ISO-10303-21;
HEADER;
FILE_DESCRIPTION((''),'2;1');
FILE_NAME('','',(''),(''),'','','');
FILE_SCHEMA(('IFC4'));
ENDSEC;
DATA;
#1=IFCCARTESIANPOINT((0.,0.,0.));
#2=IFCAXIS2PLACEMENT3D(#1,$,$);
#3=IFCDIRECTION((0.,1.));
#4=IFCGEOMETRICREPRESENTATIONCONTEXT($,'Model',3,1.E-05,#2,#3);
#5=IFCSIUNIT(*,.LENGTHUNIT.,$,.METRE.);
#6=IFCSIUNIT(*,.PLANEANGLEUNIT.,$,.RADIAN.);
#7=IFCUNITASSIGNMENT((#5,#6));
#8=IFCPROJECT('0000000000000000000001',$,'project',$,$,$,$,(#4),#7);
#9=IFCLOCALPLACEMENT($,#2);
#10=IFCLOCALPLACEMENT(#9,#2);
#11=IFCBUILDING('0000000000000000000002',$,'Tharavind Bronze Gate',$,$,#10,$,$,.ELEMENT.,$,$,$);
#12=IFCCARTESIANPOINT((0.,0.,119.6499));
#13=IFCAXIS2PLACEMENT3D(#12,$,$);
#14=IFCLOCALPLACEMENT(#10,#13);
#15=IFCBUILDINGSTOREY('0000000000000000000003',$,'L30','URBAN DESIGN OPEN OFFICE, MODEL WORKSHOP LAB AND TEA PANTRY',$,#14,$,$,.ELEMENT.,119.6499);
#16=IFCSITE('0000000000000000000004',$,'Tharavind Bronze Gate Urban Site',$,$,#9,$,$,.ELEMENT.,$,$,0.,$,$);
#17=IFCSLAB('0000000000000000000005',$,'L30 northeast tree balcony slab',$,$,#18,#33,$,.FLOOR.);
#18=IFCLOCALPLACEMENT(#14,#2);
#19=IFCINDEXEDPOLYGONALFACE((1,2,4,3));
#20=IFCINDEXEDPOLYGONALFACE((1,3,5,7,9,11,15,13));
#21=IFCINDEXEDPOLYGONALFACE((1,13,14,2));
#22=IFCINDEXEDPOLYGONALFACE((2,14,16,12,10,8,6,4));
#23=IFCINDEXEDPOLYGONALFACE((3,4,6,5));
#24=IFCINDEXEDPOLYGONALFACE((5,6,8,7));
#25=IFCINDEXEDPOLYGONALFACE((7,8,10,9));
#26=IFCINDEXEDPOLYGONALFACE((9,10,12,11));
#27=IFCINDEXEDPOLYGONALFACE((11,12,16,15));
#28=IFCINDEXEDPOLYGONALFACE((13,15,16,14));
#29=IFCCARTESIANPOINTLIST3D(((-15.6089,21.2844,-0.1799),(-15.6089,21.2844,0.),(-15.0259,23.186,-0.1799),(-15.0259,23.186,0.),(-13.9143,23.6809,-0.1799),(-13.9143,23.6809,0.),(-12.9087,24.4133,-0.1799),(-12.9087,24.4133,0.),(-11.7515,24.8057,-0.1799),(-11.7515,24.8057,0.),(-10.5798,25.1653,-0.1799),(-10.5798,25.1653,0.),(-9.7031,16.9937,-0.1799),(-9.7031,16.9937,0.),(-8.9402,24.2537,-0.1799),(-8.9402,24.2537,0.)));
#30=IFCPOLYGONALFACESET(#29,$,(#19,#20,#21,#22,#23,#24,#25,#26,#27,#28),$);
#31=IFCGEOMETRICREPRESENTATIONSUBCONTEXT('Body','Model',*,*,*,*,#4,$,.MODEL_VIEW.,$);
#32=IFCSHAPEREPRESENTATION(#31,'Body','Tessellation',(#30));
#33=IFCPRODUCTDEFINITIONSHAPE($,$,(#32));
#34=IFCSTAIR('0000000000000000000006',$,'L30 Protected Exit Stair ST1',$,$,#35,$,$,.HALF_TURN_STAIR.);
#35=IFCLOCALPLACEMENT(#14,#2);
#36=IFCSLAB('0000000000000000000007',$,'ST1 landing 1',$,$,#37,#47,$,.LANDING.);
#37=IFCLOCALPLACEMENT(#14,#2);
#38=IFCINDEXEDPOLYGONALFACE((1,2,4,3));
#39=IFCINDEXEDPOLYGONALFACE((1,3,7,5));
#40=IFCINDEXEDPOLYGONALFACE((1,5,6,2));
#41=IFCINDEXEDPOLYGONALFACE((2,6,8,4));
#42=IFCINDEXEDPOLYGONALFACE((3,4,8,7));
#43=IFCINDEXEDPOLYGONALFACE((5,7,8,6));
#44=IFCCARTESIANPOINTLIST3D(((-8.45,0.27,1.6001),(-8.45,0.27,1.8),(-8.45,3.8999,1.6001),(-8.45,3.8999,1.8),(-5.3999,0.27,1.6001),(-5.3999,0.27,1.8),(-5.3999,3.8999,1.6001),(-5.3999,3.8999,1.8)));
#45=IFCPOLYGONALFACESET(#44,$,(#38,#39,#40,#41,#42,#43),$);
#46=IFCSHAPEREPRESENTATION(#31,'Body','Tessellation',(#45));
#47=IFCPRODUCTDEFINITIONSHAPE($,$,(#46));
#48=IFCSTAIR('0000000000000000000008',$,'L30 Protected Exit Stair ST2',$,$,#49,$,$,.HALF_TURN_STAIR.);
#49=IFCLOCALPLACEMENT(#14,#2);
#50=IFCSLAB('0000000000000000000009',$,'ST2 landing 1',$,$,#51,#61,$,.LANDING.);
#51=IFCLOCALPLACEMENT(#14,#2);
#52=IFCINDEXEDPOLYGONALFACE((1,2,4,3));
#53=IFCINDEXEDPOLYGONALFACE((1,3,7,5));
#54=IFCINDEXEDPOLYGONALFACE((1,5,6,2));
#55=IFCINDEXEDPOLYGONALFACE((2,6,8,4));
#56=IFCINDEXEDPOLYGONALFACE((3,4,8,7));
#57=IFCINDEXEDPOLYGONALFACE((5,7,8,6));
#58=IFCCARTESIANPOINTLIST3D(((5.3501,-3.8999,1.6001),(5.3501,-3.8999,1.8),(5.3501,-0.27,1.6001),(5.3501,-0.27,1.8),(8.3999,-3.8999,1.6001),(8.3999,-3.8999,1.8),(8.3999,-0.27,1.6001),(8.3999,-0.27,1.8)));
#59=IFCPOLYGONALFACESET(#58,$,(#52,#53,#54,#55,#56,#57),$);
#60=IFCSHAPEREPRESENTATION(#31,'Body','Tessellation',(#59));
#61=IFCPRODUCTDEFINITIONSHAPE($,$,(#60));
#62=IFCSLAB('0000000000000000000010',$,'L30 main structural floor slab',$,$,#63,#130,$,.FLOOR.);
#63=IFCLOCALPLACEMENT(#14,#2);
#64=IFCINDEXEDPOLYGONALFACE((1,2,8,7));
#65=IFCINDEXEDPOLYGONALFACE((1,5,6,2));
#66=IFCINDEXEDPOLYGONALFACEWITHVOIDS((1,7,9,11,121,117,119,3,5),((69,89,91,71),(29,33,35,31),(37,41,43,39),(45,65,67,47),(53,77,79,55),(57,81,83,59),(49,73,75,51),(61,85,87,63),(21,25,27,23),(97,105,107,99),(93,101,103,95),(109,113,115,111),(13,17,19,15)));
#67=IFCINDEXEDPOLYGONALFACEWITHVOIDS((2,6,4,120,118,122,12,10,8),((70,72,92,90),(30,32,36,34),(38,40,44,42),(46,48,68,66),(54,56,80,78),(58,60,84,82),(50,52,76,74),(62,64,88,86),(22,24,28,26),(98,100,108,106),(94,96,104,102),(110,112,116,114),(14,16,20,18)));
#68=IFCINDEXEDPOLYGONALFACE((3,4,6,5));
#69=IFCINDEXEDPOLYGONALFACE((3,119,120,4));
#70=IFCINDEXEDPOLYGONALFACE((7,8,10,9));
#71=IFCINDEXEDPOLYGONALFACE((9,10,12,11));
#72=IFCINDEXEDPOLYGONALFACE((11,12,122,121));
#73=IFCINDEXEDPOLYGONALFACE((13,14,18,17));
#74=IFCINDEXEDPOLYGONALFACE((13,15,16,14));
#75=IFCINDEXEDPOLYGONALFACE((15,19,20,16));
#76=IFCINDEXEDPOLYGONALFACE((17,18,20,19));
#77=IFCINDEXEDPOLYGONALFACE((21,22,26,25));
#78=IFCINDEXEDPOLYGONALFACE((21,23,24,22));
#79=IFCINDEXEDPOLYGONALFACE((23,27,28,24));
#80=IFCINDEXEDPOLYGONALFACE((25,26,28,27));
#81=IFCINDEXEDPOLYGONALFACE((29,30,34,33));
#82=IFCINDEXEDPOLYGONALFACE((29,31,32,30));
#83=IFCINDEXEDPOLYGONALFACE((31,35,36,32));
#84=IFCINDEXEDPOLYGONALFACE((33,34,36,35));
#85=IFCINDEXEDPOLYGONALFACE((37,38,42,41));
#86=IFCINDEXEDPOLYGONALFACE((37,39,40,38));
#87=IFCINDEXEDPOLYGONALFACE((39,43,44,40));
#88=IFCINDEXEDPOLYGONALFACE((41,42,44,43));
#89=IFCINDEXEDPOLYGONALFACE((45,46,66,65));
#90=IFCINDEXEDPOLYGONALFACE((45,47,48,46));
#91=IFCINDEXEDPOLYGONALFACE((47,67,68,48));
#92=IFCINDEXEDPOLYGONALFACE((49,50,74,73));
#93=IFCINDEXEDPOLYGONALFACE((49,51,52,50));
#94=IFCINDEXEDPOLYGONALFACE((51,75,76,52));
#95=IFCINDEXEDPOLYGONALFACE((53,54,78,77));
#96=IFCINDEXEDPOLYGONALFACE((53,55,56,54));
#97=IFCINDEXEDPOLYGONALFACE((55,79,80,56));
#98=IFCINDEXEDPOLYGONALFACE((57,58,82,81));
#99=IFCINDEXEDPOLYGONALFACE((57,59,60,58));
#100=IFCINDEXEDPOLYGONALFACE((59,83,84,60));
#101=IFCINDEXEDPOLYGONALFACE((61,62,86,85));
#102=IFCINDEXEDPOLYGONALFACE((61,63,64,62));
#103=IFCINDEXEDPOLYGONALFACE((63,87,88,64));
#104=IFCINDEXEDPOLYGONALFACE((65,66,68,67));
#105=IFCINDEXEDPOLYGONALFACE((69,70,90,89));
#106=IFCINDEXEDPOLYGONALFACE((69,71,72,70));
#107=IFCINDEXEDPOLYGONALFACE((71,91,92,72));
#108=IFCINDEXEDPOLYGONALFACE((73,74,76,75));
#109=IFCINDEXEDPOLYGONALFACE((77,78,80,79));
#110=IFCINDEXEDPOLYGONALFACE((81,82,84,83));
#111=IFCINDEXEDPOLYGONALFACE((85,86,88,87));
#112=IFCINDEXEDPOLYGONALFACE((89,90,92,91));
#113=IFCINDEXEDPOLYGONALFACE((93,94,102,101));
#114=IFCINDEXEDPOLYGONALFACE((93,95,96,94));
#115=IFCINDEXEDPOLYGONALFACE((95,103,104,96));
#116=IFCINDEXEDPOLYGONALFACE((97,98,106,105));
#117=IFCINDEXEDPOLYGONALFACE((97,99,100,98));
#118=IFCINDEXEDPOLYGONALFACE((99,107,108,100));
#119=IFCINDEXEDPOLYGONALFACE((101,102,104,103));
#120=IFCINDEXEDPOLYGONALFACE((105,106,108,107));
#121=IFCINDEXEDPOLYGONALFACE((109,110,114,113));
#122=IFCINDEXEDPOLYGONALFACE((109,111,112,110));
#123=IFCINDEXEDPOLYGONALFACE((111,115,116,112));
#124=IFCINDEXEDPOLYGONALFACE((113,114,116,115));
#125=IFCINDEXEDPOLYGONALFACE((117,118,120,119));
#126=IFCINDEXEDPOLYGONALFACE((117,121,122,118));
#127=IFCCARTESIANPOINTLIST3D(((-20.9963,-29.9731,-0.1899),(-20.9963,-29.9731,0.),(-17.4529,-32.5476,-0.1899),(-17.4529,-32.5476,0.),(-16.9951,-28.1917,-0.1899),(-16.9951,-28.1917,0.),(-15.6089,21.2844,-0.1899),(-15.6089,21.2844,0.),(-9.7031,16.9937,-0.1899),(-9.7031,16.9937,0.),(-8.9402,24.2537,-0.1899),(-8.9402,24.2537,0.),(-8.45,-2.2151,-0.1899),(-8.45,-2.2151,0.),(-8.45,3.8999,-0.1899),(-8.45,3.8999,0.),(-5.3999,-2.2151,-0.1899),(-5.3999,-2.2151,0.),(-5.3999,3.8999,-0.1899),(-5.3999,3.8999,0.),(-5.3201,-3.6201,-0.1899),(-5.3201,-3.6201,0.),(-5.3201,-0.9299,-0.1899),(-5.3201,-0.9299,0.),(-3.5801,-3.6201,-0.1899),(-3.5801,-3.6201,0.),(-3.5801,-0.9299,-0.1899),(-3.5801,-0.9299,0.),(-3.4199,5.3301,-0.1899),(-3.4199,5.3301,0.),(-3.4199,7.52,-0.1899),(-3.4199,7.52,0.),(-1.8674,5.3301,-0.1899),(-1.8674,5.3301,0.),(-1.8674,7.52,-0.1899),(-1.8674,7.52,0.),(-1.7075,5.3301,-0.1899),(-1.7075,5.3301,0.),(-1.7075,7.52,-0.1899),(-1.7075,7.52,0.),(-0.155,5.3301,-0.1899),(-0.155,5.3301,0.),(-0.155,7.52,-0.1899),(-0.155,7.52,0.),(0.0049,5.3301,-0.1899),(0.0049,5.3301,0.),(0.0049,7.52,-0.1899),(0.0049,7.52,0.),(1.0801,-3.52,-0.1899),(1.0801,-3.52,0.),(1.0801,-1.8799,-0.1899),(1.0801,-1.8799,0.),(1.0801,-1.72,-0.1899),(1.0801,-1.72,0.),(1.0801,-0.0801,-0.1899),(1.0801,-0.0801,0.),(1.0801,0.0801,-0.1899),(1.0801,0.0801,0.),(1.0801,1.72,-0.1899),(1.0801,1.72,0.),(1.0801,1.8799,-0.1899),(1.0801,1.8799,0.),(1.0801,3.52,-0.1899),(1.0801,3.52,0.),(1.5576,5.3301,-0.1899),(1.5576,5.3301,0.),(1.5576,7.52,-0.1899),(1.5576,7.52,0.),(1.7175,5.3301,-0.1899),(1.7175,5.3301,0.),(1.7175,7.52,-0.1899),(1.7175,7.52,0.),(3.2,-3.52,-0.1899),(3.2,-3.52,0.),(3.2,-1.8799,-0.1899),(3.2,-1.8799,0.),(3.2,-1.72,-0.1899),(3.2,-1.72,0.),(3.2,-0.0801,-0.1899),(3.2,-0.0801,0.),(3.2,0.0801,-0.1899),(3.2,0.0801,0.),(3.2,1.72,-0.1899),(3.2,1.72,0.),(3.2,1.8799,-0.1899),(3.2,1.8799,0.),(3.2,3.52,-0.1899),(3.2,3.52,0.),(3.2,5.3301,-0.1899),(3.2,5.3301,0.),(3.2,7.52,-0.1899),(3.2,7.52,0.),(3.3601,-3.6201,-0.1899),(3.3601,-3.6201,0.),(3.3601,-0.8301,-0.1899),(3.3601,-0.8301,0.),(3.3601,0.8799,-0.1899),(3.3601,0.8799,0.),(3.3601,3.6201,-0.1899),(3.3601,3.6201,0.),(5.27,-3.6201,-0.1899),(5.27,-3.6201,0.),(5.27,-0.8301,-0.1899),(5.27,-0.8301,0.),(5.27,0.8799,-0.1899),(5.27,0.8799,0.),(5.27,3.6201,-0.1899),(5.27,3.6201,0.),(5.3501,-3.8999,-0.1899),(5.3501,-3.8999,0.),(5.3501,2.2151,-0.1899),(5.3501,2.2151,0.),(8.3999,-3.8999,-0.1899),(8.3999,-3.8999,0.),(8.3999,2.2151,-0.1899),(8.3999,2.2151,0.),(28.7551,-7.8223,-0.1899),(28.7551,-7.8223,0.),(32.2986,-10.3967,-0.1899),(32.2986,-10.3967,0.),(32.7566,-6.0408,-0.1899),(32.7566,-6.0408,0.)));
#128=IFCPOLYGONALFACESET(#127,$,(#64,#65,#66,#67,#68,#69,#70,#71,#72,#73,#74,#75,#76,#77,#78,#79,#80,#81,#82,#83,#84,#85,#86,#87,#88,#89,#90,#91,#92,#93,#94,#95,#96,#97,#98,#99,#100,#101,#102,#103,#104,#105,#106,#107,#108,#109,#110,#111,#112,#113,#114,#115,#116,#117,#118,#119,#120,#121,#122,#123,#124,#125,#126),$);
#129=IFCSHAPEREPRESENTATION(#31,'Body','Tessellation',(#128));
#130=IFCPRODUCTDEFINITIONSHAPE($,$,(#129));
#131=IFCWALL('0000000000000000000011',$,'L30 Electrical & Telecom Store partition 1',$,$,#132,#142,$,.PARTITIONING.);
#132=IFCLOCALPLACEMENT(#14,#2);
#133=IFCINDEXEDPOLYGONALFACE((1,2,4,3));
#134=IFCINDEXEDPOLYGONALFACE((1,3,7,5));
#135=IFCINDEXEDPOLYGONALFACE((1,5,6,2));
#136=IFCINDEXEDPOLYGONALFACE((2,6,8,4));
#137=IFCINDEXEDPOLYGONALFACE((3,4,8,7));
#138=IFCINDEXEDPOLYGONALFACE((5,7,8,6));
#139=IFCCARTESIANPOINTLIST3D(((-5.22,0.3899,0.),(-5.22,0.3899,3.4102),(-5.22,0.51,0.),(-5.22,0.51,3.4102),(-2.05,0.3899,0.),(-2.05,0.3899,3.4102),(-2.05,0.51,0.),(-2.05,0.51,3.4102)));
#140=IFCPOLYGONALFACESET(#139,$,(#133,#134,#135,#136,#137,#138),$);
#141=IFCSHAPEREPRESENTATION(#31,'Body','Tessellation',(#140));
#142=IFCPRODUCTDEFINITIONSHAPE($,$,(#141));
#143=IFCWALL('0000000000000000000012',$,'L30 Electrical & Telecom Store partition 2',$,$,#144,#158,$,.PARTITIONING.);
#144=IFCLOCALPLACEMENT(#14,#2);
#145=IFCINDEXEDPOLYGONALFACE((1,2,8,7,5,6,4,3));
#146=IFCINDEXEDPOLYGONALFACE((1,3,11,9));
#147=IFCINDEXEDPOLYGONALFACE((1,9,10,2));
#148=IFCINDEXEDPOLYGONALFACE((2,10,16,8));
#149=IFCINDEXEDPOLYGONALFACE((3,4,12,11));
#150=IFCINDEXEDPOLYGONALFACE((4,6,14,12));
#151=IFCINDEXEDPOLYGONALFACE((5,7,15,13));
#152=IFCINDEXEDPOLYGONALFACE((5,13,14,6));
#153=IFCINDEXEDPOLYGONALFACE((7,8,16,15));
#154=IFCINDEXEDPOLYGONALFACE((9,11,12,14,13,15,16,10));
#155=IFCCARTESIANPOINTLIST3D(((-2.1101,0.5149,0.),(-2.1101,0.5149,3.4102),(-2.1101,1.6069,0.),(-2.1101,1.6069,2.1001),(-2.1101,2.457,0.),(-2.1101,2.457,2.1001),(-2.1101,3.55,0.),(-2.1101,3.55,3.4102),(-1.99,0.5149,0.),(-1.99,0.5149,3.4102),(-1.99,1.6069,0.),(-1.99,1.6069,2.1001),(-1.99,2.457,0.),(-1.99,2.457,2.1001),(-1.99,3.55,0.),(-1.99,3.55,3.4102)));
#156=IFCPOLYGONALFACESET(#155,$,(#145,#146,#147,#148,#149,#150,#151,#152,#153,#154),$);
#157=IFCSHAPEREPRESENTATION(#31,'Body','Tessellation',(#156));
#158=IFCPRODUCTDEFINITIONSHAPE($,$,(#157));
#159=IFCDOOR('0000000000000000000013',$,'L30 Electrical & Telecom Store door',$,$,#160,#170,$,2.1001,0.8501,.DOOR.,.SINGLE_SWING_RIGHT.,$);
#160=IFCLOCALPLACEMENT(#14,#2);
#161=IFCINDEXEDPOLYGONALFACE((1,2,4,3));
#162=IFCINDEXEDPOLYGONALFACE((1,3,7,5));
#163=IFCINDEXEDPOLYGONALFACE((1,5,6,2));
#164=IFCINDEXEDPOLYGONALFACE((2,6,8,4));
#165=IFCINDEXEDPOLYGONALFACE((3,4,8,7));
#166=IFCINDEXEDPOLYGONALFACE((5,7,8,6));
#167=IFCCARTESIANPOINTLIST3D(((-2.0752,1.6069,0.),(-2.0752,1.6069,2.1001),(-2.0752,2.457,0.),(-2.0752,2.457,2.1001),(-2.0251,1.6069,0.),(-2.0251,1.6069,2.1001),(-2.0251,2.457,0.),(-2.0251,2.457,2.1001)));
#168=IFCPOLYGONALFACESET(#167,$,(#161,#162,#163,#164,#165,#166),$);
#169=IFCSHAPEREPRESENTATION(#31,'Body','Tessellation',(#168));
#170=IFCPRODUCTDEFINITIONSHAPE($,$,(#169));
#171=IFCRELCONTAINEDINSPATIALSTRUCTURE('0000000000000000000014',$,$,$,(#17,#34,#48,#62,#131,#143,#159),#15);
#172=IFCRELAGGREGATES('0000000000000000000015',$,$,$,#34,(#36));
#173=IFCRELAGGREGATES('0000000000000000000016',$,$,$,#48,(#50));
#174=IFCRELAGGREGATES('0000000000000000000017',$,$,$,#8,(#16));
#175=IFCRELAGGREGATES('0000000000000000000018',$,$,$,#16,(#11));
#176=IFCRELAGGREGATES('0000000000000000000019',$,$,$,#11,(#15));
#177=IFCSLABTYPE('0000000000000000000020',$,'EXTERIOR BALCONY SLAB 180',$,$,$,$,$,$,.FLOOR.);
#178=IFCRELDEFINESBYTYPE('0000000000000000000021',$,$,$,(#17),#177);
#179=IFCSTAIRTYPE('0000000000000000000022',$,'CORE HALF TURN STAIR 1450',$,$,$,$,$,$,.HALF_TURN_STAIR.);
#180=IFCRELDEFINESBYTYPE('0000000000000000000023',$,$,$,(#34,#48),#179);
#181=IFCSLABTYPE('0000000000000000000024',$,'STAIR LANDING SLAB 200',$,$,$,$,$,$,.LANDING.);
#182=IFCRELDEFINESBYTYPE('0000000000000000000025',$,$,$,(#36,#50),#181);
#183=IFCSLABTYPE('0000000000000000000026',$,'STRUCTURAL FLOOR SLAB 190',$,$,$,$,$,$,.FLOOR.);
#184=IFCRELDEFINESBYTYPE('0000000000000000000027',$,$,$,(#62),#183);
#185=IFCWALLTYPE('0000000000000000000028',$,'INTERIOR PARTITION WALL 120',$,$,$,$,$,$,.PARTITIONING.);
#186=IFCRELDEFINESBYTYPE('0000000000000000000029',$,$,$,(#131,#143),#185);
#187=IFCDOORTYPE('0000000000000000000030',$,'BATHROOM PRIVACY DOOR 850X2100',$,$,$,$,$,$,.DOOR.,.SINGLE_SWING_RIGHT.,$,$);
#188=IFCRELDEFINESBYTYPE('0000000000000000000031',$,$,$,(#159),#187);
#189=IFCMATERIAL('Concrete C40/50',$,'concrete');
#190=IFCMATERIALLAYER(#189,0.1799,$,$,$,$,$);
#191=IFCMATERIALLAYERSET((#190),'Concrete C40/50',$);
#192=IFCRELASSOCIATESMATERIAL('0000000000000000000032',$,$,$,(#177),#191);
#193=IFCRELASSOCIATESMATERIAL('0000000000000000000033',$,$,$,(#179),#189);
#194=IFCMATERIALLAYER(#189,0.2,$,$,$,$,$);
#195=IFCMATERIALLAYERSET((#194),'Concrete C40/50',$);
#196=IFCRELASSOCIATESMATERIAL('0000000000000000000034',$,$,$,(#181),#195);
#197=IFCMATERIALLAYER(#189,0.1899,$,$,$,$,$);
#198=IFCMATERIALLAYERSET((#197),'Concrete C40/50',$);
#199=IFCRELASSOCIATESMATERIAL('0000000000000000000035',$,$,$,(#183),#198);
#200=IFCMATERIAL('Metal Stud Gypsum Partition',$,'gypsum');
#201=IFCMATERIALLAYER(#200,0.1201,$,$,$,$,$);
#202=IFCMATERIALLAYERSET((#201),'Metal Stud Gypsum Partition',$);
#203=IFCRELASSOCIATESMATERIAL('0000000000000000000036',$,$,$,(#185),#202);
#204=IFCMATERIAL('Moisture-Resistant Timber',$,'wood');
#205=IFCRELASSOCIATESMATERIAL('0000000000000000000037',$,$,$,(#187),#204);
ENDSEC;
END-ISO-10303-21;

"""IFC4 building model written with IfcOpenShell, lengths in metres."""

from ifc_helpers import new_model, si_unit, direction, frame, frame_2d, origin, place, context, subcontext, project, spatial, polyline, rectangle, outline, extrude, material, layer, layer_set, type_object, element, fill, aggregate, save


model = new_model("IFC4")

# Units and contexts
model_context = context("Model", 3, precision=1e-05, world=origin(), true_north=direction((0.0, 1.0)))
body_context = subcontext(model_context, "Body", "Model", "MODEL_VIEW")
ifc_project = project(units=[si_unit("LENGTHUNIT", "METRE"), si_unit("PLANEANGLEUNIT", "RADIAN")], contexts=[model_context])

# Site, building, storey
site_placement = place(None, origin())
site = spatial("IfcSite", under=ifc_project, at=site_placement, Name="Tharavind Bronze Gate Urban Site", CompositionType="ELEMENT", RefElevation=0.0)
building_placement = place(site_placement, origin())
building = spatial("IfcBuilding", under=site, at=building_placement, Name="Tharavind Bronze Gate", CompositionType="ELEMENT")
storey_placement = place(building_placement, frame((0.0, 0.0, 119.6499)))
storey = spatial("IfcBuildingStorey", under=building, at=storey_placement, Name="L30", Description="URBAN DESIGN OPEN OFFICE, MODEL WORKSHOP LAB AND TEA PANTRY", CompositionType="ELEMENT", Elevation=119.6499)

# Slab
ifc_material_1 = material(Name="Concrete C40/50", Category="concrete")
ifc_layer_1 = layer(ifc_material_1, 0.1799)
ifc_layer_set_1 = layer_set([ifc_layer_1], Name="Concrete C40/50")
slab_type_1 = type_object("IfcSlabType", Name="EXTERIOR BALCONY SLAB 180", PredefinedType="FLOOR", material=ifc_layer_set_1)
slab_1_placement = place(storey_placement, frame((0.0, 0.0, -0.1799)))
element("IfcSlab", 1, at=slab_1_placement, inside=storey, type_object=slab_type_1, Name="L30 northeast tree balcony slab", PredefinedType="FLOOR", context=body_context, shape_type="SweptSolid", body=[
    extrude(outline(polyline([(-10.5798, 25.1653), (-11.7515, 24.8057), (-12.9087, 24.4133), (-13.9143, 23.6809), (-15.0259, 23.186), (-15.6089, 21.2844), (-9.7031, 16.9937), (-8.9402, 24.2537), (-10.5798, 25.1653)])), origin(), (0.0, 0.0, 1.0), 0.1799),
])

# Stairs, slabs
stair_type = type_object("IfcStairType", Name="CORE HALF TURN STAIR 1450", PredefinedType="HALF_TURN_STAIR", material=ifc_material_1)
stair_1_placement = place(storey_placement, origin())
stair_1 = element("IfcStair", 2, at=stair_1_placement, inside=storey, type_object=stair_type, Name="L30 Protected Exit Stair ST1", PredefinedType="HALF_TURN_STAIR")
ifc_layer_2 = layer(ifc_material_1, 0.2)
ifc_layer_set_2 = layer_set([ifc_layer_2], Name="Concrete C40/50")
slab_type_2 = type_object("IfcSlabType", Name="STAIR LANDING SLAB 200", PredefinedType="LANDING", material=ifc_layer_set_2)
slab_2_placement = place(storey_placement, frame((0.0, 0.0, 1.6001)))
slab_2 = element("IfcSlab", 3, at=slab_2_placement, type_object=slab_type_2, Name="ST1 landing 1", PredefinedType="LANDING", context=body_context, shape_type="SweptSolid", body=[
    extrude(outline(polyline([(-5.3999, 0.27), (-5.3999, 3.8999), (-8.45, 3.8999), (-8.45, 0.27), (-5.3999, 0.27)])), origin(), (0.0, 0.0, 1.0), 0.2),
])
aggregate(stair_1, [slab_2])
stair_2_placement = place(storey_placement, origin())
stair_2 = element("IfcStair", 4, at=stair_2_placement, inside=storey, type_object=stair_type, Name="L30 Protected Exit Stair ST2", PredefinedType="HALF_TURN_STAIR")
slab_3_placement = place(storey_placement, frame((0.0, 0.0, 1.6001)))
slab_3 = element("IfcSlab", 5, at=slab_3_placement, type_object=slab_type_2, Name="ST2 landing 1", PredefinedType="LANDING", context=body_context, shape_type="SweptSolid", body=[
    extrude(outline(polyline([(5.3501, -0.27), (5.3501, -3.8999), (8.3999, -3.8999), (8.3999, -0.27), (5.3501, -0.27)])), origin(), (0.0, 0.0, 1.0), 0.2),
])
aggregate(stair_2, [slab_3])

# Slab
ifc_layer_3 = layer(ifc_material_1, 0.1899)
ifc_layer_set_3 = layer_set([ifc_layer_3], Name="Concrete C40/50")
slab_type_3 = type_object("IfcSlabType", Name="STRUCTURAL FLOOR SLAB 190", PredefinedType="FLOOR", material=ifc_layer_set_3)
slab_4_placement = place(storey_placement, frame((0.0, 0.0, -0.1899)))
element("IfcSlab", 6, at=slab_4_placement, inside=storey, type_object=slab_type_3, Name="L30 main structural floor slab", PredefinedType="FLOOR", context=body_context, shape_type="SweptSolid", body=[
    extrude(outline(polyline([(-8.9402, 24.2537), (-9.7031, 16.9937), (-15.6089, 21.2844), (-20.9963, -29.9731), (-16.9951, -28.1917), (-17.4529, -32.5476), (32.2986, -10.3967), (28.7551, -7.8223), (32.7566, -6.0408), (-8.9402, 24.2537)]), holes=[polyline([(-5.3999, -2.2151), (-5.3999, 3.8999), (-8.45, 3.8999), (-8.45, -2.2151), (-5.3999, -2.2151)]), polyline([(5.3501, 2.2151), (5.3501, -3.8999), (8.3999, -3.8999), (8.3999, 2.2151), (5.3501, 2.2151)]), polyline([(-3.4199, 5.3301), (-1.8674, 5.3301), (-1.8674, 7.52), (-3.4199, 7.52), (-3.4199, 5.3301)]), polyline([(-1.7075, 5.3301), (-0.155, 5.3301), (-0.155, 7.52), (-1.7075, 7.52), (-1.7075, 5.3301)]), polyline([(0.0049, 5.3301), (1.5576, 5.3301), (1.5576, 7.52), (0.0049, 7.52), (0.0049, 5.3301)]), polyline([(1.7175, 5.3301), (3.2, 5.3301), (3.2, 7.52), (1.7175, 7.52), (1.7175, 5.3301)]), polyline([(1.0801, -3.52), (3.2, -3.52), (3.2, -1.8799), (1.0801, -1.8799), (1.0801, -3.52)]), polyline([(1.0801, -1.72), (3.2, -1.72), (3.2, -0.0801), (1.0801, -0.0801), (1.0801, -1.72)]), polyline([(1.0801, 0.0801), (3.2, 0.0801), (3.2, 1.72), (1.0801, 1.72), (1.0801, 0.0801)]), polyline([(1.0801, 1.8799), (3.2, 1.8799), (3.2, 3.52), (1.0801, 3.52), (1.0801, 1.8799)]), polyline([(-5.3201, -3.6201), (-3.5801, -3.6201), (-3.5801, -0.9299), (-5.3201, -0.9299), (-5.3201, -3.6201)]), polyline([(3.3601, 0.8799), (5.27, 0.8799), (5.27, 3.6201), (3.3601, 3.6201), (3.3601, 0.8799)]), polyline([(3.3601, -3.6201), (5.27, -3.6201), (5.27, -0.8301), (3.3601, -0.8301), (3.3601, -3.6201)])]), origin(), (0.0, 0.0, 1.0), 0.1899),
])

# Wall
ifc_material_2 = material(Name="Metal Stud Gypsum Partition", Category="gypsum")
ifc_layer_4 = layer(ifc_material_2, 0.1201)
ifc_layer_set_4 = layer_set([ifc_layer_4], Name="Metal Stud Gypsum Partition")
wall_type_1 = type_object("IfcWallType", Name="INTERIOR PARTITION WALL 120", PredefinedType="PARTITIONING", material=ifc_layer_set_4)
wall_1_placement = place(storey_placement, frame((-5.22, 0.45, 0.0), z_axis=(0.0, 0.0, 1.0), x_axis=(1.0, 0.0, 0.0)))
element("IfcWall", 7, at=wall_1_placement, inside=storey, type_object=wall_type_1, Name="L30 Electrical & Telecom Store partition 1", PredefinedType="PARTITIONING", context=body_context, shape_type="SweptSolid", body=[
    extrude(rectangle(XDim=3.1699, YDim=0.1201, at=frame_2d((1.585, 0.0))), origin(), (0.0, 0.0, 1.0), 3.4102),
])

# Wall, opening, door
wall_2_placement = place(storey_placement, frame((-2.05, 0.5149, 0.0), z_axis=(0.0, 0.0, 1.0), x_axis=(0.0, 1.0, 0.0)))
wall_2 = element("IfcWall", 8, at=wall_2_placement, inside=storey, type_object=wall_type_1, Name="L30 Electrical & Telecom Store partition 2", PredefinedType="PARTITIONING", context=body_context, shape_type="SweptSolid", body=[
    extrude(rectangle(XDim=3.0352, YDim=0.1201, at=frame_2d((1.5176, 0.0))), origin(), (0.0, 0.0, 1.0), 3.4102),
])
opening_1_placement = place(wall_2_placement, frame((1.092, 0.0, 0.0)))
opening_1 = element("IfcOpeningElement", 9, at=opening_1_placement, cuts=wall_2, PredefinedType="OPENING", context=body_context, shape_type="SweptSolid", body=[
    extrude(rectangle(XDim=0.8501, YDim=2.1001, at=frame_2d((0.425, 1.05))), frame((0.0, 0.0701, 0.0), z_axis=(0.0, -1.0, 0.0), x_axis=(1.0, 0.0, 0.0)), (0.0, 0.0, 1.0), 0.1401),
])
ifc_material_3 = material(Name="Moisture-Resistant Timber", Category="wood")
door_type_1 = type_object("IfcDoorType", Name="BATHROOM PRIVACY DOOR 850X2100", OperationType="SINGLE_SWING_RIGHT", PredefinedType="DOOR", material=ifc_material_3)
door_1_placement = place(opening_1_placement, frame((0.8501, 0.0, 0.0), z_axis=(0.0, 0.0, 1.0), x_axis=(-1.0, 0.0, 0.0)))
door_1 = element("IfcDoor", 10, at=door_1_placement, inside=storey, type_object=door_type_1, Name="L30 Electrical & Telecom Store door", OperationType="SINGLE_SWING_RIGHT", OverallHeight=2.1001, OverallWidth=0.8501, PredefinedType="DOOR", context=body_context, shape_type="SweptSolid", body=[
    extrude(rectangle(XDim=0.8501, YDim=2.1001, at=frame_2d((0.425, 1.05))), frame((0.0, 0.0249, 0.0), z_axis=(0.0, -1.0, 0.0), x_axis=(1.0, 0.0, 0.0)), (0.0, 0.0, 1.0), 0.05),
])
fill(opening_1, door_1)

save(model, "model.ifc")
